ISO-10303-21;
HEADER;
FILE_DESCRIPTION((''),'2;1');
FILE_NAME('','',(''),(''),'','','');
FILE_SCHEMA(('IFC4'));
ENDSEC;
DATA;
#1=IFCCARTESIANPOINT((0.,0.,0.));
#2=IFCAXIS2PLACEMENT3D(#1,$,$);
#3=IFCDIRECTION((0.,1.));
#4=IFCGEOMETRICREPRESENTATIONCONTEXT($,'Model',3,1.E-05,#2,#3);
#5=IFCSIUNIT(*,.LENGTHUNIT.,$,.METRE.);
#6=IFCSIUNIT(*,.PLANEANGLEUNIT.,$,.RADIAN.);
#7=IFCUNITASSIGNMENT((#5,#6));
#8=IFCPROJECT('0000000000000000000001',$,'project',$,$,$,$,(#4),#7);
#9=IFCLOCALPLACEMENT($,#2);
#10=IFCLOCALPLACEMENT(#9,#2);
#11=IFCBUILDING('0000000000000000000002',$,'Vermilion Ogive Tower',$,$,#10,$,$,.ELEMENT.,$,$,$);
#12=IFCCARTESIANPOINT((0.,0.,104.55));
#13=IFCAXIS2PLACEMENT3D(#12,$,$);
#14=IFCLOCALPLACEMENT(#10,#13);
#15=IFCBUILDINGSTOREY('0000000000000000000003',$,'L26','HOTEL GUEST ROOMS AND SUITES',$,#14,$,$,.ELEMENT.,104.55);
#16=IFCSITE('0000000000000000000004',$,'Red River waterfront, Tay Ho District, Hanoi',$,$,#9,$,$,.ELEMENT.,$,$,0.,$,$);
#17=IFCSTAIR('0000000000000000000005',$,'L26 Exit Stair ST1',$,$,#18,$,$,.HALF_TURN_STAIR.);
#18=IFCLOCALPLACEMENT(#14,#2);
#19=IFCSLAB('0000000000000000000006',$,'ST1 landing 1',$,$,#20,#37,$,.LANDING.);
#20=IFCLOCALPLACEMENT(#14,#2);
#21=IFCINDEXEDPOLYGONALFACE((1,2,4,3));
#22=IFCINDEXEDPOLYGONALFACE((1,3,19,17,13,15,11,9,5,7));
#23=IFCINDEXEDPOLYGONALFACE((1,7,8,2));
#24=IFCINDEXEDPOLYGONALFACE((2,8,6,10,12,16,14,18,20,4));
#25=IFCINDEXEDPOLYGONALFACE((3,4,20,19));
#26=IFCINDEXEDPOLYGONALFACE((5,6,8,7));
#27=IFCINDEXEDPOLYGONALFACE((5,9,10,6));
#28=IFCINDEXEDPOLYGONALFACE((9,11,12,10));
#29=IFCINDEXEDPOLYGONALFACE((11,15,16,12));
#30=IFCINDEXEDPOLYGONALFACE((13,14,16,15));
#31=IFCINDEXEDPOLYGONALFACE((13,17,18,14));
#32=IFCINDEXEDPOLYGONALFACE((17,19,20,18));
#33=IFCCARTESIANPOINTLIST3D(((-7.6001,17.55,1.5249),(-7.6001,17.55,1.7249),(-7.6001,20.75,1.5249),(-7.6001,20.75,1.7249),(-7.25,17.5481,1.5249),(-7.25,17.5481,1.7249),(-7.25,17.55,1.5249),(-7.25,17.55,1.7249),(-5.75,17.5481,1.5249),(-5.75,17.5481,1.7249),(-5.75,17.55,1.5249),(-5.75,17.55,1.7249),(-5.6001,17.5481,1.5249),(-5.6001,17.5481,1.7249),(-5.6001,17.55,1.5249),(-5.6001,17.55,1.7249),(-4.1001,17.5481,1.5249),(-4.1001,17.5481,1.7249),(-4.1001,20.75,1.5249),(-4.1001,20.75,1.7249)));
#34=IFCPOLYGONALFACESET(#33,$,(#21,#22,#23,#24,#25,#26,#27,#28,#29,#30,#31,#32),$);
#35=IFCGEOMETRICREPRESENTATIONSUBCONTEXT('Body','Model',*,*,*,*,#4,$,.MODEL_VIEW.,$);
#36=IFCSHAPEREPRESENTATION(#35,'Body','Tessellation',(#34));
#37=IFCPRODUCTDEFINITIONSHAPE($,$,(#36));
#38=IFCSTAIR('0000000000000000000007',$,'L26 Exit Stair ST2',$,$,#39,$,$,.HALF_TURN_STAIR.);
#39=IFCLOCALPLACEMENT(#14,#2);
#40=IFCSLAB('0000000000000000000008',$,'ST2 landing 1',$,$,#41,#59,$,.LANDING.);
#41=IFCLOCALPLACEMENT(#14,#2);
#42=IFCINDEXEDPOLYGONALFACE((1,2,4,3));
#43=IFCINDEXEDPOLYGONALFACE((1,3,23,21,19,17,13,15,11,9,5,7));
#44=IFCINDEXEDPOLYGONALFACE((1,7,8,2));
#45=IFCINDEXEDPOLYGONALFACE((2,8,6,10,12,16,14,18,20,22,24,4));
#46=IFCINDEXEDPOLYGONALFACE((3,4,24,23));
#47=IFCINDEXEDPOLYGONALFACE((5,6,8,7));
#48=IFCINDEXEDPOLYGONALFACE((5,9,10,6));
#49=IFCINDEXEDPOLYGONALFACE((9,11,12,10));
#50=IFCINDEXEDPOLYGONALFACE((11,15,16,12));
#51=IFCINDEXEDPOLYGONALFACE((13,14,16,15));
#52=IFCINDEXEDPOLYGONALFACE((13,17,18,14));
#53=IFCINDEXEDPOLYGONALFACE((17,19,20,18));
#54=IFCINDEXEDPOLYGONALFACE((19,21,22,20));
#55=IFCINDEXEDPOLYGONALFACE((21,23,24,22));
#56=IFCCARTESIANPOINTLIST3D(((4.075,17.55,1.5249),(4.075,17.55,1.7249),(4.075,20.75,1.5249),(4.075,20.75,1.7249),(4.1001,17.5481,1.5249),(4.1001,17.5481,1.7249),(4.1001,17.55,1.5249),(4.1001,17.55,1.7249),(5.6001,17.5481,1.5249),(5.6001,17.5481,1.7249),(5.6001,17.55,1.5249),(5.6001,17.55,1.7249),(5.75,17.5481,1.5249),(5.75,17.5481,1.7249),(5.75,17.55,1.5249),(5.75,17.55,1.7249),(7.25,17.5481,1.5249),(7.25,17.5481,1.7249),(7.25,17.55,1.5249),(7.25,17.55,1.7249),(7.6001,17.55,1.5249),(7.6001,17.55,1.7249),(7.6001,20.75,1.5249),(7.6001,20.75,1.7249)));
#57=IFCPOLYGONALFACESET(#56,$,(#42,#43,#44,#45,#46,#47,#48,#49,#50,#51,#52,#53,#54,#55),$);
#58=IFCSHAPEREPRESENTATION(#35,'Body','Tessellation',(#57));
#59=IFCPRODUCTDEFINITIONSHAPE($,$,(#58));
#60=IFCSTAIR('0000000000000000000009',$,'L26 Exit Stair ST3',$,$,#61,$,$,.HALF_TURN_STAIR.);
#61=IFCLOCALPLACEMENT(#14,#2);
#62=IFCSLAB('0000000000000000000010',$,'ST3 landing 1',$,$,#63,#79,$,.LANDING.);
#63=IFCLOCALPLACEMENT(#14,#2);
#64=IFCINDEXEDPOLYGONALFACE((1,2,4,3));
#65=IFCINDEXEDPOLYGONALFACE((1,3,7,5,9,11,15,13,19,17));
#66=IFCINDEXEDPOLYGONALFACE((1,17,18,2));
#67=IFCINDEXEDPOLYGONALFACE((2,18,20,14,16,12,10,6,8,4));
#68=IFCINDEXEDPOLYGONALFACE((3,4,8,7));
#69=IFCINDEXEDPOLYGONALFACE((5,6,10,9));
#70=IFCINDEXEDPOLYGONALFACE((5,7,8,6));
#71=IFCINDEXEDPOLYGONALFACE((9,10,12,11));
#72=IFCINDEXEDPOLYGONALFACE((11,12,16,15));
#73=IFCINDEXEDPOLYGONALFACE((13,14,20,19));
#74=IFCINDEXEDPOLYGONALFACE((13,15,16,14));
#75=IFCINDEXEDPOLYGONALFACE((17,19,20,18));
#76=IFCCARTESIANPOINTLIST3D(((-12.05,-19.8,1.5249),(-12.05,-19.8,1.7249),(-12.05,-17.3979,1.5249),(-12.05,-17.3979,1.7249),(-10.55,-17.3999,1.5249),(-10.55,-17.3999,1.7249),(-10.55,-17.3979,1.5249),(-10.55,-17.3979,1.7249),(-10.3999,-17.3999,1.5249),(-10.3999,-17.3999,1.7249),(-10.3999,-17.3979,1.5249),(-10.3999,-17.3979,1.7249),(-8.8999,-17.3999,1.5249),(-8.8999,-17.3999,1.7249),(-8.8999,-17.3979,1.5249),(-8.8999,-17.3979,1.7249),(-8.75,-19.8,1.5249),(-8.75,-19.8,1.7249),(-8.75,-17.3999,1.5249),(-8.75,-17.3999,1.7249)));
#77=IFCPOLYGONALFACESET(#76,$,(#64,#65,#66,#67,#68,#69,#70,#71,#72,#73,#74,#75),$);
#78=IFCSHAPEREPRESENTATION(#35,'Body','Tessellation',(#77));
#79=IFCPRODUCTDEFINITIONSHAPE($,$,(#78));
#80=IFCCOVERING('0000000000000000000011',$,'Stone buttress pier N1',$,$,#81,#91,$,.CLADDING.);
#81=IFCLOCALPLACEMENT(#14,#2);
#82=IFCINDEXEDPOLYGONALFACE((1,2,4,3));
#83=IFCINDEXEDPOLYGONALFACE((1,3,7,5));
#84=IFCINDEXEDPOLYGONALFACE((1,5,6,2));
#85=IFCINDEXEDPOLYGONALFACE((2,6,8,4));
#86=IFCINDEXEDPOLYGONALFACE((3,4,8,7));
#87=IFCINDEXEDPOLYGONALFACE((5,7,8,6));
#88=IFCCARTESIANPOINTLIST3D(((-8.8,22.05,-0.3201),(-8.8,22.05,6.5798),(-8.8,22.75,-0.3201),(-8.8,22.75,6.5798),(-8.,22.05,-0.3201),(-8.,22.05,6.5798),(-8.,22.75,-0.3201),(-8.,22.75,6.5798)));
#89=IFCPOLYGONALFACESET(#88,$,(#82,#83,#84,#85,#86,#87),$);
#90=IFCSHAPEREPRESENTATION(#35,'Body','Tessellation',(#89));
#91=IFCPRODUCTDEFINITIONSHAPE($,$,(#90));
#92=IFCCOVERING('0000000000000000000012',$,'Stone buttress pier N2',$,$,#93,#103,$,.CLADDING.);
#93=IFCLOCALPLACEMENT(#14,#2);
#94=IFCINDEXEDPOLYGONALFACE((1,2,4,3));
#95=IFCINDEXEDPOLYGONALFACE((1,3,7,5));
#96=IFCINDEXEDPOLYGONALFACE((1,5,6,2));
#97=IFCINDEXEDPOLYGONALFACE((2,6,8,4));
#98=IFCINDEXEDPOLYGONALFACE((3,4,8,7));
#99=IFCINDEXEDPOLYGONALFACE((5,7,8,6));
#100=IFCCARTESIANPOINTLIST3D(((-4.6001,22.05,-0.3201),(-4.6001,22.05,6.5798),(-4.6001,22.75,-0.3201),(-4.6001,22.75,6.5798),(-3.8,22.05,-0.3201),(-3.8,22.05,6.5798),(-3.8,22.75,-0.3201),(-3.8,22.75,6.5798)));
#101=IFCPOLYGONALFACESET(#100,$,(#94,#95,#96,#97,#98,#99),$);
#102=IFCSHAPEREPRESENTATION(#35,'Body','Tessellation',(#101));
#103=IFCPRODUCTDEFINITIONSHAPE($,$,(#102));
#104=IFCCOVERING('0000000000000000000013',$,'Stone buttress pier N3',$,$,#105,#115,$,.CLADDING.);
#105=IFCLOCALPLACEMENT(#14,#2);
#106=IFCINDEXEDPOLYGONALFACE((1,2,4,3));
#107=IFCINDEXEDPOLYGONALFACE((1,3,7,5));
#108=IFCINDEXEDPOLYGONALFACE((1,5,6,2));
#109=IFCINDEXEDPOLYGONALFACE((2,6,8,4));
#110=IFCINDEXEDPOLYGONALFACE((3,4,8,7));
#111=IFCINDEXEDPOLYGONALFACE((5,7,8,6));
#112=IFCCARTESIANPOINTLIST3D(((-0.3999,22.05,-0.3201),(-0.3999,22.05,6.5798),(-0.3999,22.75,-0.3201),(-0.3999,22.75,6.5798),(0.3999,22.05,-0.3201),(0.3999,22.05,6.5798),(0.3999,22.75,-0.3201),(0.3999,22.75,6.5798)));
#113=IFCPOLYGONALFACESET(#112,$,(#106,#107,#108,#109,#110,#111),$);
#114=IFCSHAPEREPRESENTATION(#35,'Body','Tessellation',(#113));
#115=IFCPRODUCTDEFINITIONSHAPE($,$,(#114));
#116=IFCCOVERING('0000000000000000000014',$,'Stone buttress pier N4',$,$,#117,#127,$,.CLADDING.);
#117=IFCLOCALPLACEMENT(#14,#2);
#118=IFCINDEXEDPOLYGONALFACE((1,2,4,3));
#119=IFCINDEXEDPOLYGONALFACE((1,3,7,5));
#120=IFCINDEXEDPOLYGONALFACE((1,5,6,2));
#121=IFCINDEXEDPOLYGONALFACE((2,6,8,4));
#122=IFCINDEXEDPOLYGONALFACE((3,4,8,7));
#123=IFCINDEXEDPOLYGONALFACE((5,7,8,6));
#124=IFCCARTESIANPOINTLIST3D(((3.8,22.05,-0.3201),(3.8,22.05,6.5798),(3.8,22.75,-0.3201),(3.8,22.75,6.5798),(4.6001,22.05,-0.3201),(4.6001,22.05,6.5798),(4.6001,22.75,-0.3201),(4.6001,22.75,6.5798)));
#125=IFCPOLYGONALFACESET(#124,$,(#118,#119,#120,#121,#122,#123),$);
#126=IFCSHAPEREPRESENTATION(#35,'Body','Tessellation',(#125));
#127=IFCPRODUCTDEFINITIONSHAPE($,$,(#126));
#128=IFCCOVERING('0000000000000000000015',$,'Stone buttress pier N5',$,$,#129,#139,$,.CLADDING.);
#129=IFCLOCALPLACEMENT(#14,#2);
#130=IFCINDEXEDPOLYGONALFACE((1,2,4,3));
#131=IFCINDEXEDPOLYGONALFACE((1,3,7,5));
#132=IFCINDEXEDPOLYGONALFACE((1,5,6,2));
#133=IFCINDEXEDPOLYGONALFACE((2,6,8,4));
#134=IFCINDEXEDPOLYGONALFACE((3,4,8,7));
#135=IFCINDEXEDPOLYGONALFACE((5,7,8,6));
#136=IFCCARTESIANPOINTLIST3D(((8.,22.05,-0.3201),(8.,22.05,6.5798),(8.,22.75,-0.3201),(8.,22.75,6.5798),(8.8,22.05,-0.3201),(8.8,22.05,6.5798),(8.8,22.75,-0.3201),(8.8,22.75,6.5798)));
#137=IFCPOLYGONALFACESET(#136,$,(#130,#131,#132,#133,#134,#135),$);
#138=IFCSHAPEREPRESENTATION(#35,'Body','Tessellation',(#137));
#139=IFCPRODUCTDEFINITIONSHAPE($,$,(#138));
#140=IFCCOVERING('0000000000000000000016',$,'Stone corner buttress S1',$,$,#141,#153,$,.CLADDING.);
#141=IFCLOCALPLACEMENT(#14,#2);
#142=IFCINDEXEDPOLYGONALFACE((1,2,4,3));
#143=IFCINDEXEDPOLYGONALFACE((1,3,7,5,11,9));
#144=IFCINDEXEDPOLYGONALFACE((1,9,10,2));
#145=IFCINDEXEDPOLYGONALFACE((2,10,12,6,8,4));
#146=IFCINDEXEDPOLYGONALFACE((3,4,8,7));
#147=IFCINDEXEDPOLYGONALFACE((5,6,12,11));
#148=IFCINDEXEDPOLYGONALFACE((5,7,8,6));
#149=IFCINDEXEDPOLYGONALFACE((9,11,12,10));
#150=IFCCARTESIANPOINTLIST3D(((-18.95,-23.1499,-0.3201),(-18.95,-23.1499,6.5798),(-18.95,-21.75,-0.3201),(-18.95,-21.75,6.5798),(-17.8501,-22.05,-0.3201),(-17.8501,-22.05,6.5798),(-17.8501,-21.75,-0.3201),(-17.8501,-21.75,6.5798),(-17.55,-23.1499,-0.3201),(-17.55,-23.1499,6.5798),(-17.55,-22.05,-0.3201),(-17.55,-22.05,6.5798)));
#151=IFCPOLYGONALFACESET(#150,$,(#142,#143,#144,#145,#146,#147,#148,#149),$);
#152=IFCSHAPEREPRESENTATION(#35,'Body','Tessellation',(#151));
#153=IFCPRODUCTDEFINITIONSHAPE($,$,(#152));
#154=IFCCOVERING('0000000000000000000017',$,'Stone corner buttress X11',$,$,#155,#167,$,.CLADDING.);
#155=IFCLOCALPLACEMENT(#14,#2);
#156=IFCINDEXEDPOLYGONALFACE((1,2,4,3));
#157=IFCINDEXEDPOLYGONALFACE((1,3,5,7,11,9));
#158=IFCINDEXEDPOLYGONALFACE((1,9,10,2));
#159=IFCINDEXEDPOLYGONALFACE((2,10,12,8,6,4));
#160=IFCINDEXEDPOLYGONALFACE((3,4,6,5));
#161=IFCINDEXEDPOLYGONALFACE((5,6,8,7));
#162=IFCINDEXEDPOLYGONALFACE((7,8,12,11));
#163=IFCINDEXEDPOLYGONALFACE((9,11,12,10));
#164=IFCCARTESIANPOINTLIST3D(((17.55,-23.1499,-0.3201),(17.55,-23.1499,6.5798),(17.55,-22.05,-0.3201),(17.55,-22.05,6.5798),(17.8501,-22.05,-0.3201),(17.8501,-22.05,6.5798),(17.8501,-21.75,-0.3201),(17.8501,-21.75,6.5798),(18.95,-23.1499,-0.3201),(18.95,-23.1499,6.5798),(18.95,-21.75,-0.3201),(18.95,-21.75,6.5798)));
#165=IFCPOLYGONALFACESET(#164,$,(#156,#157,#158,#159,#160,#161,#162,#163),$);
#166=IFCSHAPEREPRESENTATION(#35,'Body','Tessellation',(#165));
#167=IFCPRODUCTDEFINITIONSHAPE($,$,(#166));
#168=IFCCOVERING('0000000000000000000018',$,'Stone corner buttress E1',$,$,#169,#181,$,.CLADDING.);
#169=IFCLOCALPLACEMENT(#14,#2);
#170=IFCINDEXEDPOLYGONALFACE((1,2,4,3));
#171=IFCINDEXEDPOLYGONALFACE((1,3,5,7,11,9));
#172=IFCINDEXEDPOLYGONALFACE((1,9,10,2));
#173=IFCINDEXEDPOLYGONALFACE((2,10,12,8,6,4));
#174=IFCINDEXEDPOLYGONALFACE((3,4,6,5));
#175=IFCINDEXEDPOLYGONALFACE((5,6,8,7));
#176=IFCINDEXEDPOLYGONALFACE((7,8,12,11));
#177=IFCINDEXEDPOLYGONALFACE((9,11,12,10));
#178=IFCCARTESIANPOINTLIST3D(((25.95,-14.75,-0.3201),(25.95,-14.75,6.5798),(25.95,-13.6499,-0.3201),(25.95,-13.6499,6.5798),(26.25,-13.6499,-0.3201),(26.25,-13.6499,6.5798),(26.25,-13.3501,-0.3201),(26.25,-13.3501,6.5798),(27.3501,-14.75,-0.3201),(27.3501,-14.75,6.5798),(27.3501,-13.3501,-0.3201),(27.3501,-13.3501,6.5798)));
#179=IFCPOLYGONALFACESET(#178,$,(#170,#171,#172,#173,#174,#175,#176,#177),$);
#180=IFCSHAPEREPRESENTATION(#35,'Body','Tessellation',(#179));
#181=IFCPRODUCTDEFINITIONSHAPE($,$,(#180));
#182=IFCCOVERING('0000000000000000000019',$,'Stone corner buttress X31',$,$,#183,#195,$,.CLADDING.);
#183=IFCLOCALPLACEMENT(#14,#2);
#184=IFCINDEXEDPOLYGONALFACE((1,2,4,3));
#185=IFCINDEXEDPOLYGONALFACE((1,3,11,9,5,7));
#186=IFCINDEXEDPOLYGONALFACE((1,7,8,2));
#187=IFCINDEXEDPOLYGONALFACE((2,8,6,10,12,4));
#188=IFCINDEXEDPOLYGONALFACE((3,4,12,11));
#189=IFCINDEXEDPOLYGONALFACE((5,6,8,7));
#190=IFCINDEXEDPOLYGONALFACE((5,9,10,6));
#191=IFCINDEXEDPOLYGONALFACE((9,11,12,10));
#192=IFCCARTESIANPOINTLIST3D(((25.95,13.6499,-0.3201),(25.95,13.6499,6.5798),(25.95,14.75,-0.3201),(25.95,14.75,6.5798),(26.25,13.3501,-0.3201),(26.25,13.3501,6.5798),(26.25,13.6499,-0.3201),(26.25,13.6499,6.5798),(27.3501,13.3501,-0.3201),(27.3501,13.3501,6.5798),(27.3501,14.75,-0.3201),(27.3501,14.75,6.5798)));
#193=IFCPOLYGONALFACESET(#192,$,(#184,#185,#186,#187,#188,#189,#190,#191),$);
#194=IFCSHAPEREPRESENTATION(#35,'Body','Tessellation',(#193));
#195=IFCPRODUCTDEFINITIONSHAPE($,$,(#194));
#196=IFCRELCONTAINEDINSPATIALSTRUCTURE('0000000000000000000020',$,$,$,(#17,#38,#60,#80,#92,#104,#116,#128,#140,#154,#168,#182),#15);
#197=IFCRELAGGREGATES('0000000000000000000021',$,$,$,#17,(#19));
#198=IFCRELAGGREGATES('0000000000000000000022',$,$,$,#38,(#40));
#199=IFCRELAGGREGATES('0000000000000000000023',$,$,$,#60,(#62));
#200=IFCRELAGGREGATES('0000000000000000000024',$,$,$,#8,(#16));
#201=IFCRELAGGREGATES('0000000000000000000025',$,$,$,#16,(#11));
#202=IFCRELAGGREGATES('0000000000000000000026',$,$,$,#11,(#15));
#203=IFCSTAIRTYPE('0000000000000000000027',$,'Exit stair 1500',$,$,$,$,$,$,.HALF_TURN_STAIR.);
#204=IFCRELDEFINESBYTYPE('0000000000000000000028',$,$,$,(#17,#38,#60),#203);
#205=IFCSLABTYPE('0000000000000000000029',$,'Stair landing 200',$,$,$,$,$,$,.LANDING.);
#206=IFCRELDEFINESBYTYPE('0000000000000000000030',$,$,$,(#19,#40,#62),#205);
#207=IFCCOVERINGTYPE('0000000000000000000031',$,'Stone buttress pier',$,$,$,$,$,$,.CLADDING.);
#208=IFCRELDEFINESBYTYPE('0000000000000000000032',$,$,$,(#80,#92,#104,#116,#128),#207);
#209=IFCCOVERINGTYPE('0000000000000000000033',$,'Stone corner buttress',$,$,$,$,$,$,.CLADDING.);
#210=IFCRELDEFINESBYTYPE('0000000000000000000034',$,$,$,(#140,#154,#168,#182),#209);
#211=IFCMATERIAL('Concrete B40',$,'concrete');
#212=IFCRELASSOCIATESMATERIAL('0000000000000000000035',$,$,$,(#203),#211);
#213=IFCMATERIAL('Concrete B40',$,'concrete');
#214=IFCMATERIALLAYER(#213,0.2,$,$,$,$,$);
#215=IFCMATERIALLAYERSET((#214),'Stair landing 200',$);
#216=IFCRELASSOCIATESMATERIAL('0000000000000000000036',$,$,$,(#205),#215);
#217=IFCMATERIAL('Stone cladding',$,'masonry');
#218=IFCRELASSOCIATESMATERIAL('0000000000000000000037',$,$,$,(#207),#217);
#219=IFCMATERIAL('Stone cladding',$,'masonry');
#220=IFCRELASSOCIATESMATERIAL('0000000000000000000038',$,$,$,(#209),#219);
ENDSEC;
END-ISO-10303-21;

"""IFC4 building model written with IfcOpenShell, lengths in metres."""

from ifc_helpers import new_model, si_unit, direction, frame, origin, place, context, subcontext, project, spatial, polyline, outline, extrude, material, layer, layer_set, type_object, element, aggregate, save


model = new_model("IFC4")

# Units and contexts
model_context = context("Model", 3, precision=1e-05, world=origin(), true_north=direction((0.0, 1.0)))
body_context = subcontext(model_context, "Body", "Model", "MODEL_VIEW")
ifc_project = project(units=[si_unit("LENGTHUNIT", "METRE"), si_unit("PLANEANGLEUNIT", "RADIAN")], contexts=[model_context])

# Site, building, storey
site_placement = place(None, origin())
site = spatial("IfcSite", under=ifc_project, at=site_placement, Name="Red River waterfront, Tay Ho District, Hanoi", CompositionType="ELEMENT", RefElevation=0.0)
building_placement = place(site_placement, origin())
building = spatial("IfcBuilding", under=site, at=building_placement, Name="Vermilion Ogive Tower", CompositionType="ELEMENT")
storey_placement = place(building_placement, frame((0.0, 0.0, 104.55)))
storey = spatial("IfcBuildingStorey", under=building, at=storey_placement, Name="L26", Description="HOTEL GUEST ROOMS AND SUITES", CompositionType="ELEMENT", Elevation=104.55)

# Stairs, slabs
ifc_material_1 = material(Name="Concrete B40", Category="concrete")
stair_type = type_object("IfcStairType", Name="Exit stair 1500", PredefinedType="HALF_TURN_STAIR", material=ifc_material_1)
stair_1_placement = place(storey_placement, origin())
stair_1 = element("IfcStair", 1, at=stair_1_placement, inside=storey, type_object=stair_type, Name="L26 Exit Stair ST1", PredefinedType="HALF_TURN_STAIR")
ifc_material_2 = material(Name="Concrete B40", Category="concrete")
ifc_layer = layer(ifc_material_2, 0.2)
ifc_layer_set = layer_set([ifc_layer], Name="Stair landing 200")
slab_type = type_object("IfcSlabType", Name="Stair landing 200", PredefinedType="LANDING", material=ifc_layer_set)
slab_1_placement = place(storey_placement, frame((0.0, 0.0, 1.5249)))
slab_1 = element("IfcSlab", 2, at=slab_1_placement, type_object=slab_type, Name="ST1 landing 1", PredefinedType="LANDING", context=body_context, shape_type="SweptSolid", body=[
    extrude(outline(polyline([(-7.6001, 17.55), (-7.25, 17.55), (-7.25, 17.5481), (-5.75, 17.5481), (-5.75, 17.55), (-5.6001, 17.55), (-5.6001, 17.5481), (-4.1001, 17.5481), (-4.1001, 20.75), (-7.6001, 20.75), (-7.6001, 17.55)])), origin(), (0.0, 0.0, 1.0), 0.2),
])
aggregate(stair_1, [slab_1])
stair_2_placement = place(storey_placement, origin())
stair_2 = element("IfcStair", 3, at=stair_2_placement, inside=storey, type_object=stair_type, Name="L26 Exit Stair ST2", PredefinedType="HALF_TURN_STAIR")
slab_2_placement = place(storey_placement, frame((0.0, 0.0, 1.5249)))
slab_2 = element("IfcSlab", 4, at=slab_2_placement, type_object=slab_type, Name="ST2 landing 1", PredefinedType="LANDING", context=body_context, shape_type="SweptSolid", body=[
    extrude(outline(polyline([(5.6001, 17.55), (5.75, 17.55), (5.75, 17.5481), (7.25, 17.5481), (7.25, 17.55), (7.6001, 17.55), (7.6001, 20.75), (4.075, 20.75), (4.075, 17.55), (4.1001, 17.55), (4.1001, 17.5481), (5.6001, 17.5481), (5.6001, 17.55)])), origin(), (0.0, 0.0, 1.0), 0.2),
])
aggregate(stair_2, [slab_2])
stair_3_placement = place(storey_placement, origin())
stair_3 = element("IfcStair", 5, at=stair_3_placement, inside=storey, type_object=stair_type, Name="L26 Exit Stair ST3", PredefinedType="HALF_TURN_STAIR")
slab_3_placement = place(storey_placement, frame((0.0, 0.0, 1.5249)))
slab_3 = element("IfcSlab", 6, at=slab_3_placement, type_object=slab_type, Name="ST3 landing 1", PredefinedType="LANDING", context=body_context, shape_type="SweptSolid", body=[
    extrude(outline(polyline([(-8.75, -17.3999), (-8.8999, -17.3999), (-8.8999, -17.3979), (-10.3999, -17.3979), (-10.3999, -17.3999), (-10.55, -17.3999), (-10.55, -17.3979), (-12.05, -17.3979), (-12.05, -19.8), (-8.75, -19.8), (-8.75, -17.3999)])), origin(), (0.0, 0.0, 1.0), 0.2),
])
aggregate(stair_3, [slab_3])

# Coverings
ifc_material_3 = material(Name="Stone cladding", Category="masonry")
covering_type_1 = type_object("IfcCoveringType", Name="Stone buttress pier", PredefinedType="CLADDING", material=ifc_material_3)
covering_1_placement = place(storey_placement, frame((0.0, 0.0, -0.3201)))
element("IfcCovering", 7, at=covering_1_placement, inside=storey, type_object=covering_type_1, Name="Stone buttress pier N1", PredefinedType="CLADDING", context=body_context, shape_type="SweptSolid", body=[
    extrude(outline(polyline([(-8.0, 22.75), (-8.0, 22.05), (-8.8, 22.05), (-8.8, 22.75), (-8.0, 22.75)])), origin(), (0.0, 0.0, 1.0), 6.8999),
])
covering_2_placement = place(storey_placement, frame((0.0, 0.0, -0.3201)))
element("IfcCovering", 8, at=covering_2_placement, inside=storey, type_object=covering_type_1, Name="Stone buttress pier N2", PredefinedType="CLADDING", context=body_context, shape_type="SweptSolid", body=[
    extrude(outline(polyline([(-3.8, 22.75), (-3.8, 22.05), (-4.6001, 22.05), (-4.6001, 22.75), (-3.8, 22.75)])), origin(), (0.0, 0.0, 1.0), 6.8999),
])
covering_3_placement = place(storey_placement, frame((0.0, 0.0, -0.3201)))
element("IfcCovering", 9, at=covering_3_placement, inside=storey, type_object=covering_type_1, Name="Stone buttress pier N3", PredefinedType="CLADDING", context=body_context, shape_type="SweptSolid", body=[
    extrude(outline(polyline([(0.3999, 22.75), (0.3999, 22.05), (-0.3999, 22.05), (-0.3999, 22.75), (0.3999, 22.75)])), origin(), (0.0, 0.0, 1.0), 6.8999),
])
covering_4_placement = place(storey_placement, frame((0.0, 0.0, -0.3201)))
element("IfcCovering", 10, at=covering_4_placement, inside=storey, type_object=covering_type_1, Name="Stone buttress pier N4", PredefinedType="CLADDING", context=body_context, shape_type="SweptSolid", body=[
    extrude(outline(polyline([(4.6001, 22.75), (4.6001, 22.05), (3.8, 22.05), (3.8, 22.75), (4.6001, 22.75)])), origin(), (0.0, 0.0, 1.0), 6.8999),
])
covering_5_placement = place(storey_placement, frame((0.0, 0.0, -0.3201)))
element("IfcCovering", 11, at=covering_5_placement, inside=storey, type_object=covering_type_1, Name="Stone buttress pier N5", PredefinedType="CLADDING", context=body_context, shape_type="SweptSolid", body=[
    extrude(outline(polyline([(8.8, 22.75), (8.8, 22.05), (8.0, 22.05), (8.0, 22.75), (8.8, 22.75)])), origin(), (0.0, 0.0, 1.0), 6.8999),
])
ifc_material_4 = material(Name="Stone cladding", Category="masonry")
covering_type_2 = type_object("IfcCoveringType", Name="Stone corner buttress", PredefinedType="CLADDING", material=ifc_material_4)
covering_6_placement = place(storey_placement, frame((0.0, 0.0, -0.3201)))
element("IfcCovering", 12, at=covering_6_placement, inside=storey, type_object=covering_type_2, Name="Stone corner buttress S1", PredefinedType="CLADDING", context=body_context, shape_type="SweptSolid", body=[
    extrude(outline(polyline([(-17.8501, -21.75), (-17.8501, -22.05), (-17.55, -22.05), (-17.55, -23.1499), (-18.95, -23.1499), (-18.95, -21.75), (-17.8501, -21.75)])), origin(), (0.0, 0.0, 1.0), 6.8999),
])
covering_7_placement = place(storey_placement, frame((0.0, 0.0, -0.3201)))
element("IfcCovering", 13, at=covering_7_placement, inside=storey, type_object=covering_type_2, Name="Stone corner buttress X11", PredefinedType="CLADDING", context=body_context, shape_type="SweptSolid", body=[
    extrude(outline(polyline([(17.55, -23.1499), (17.55, -22.05), (17.8501, -22.05), (17.8501, -21.75), (18.95, -21.75), (18.95, -23.1499), (17.55, -23.1499)])), origin(), (0.0, 0.0, 1.0), 6.8999),
])
covering_8_placement = place(storey_placement, frame((0.0, 0.0, -0.3201)))
element("IfcCovering", 14, at=covering_8_placement, inside=storey, type_object=covering_type_2, Name="Stone corner buttress E1", PredefinedType="CLADDING", context=body_context, shape_type="SweptSolid", body=[
    extrude(outline(polyline([(26.25, -13.6499), (26.25, -13.3501), (27.3501, -13.3501), (27.3501, -14.75), (25.95, -14.75), (25.95, -13.6499), (26.25, -13.6499)])), origin(), (0.0, 0.0, 1.0), 6.8999),
])
covering_9_placement = place(storey_placement, frame((0.0, 0.0, -0.3201)))
element("IfcCovering", 15, at=covering_9_placement, inside=storey, type_object=covering_type_2, Name="Stone corner buttress X31", PredefinedType="CLADDING", context=body_context, shape_type="SweptSolid", body=[
    extrude(outline(polyline([(26.25, 13.3501), (26.25, 13.6499), (25.95, 13.6499), (25.95, 14.75), (27.3501, 14.75), (27.3501, 13.3501), (26.25, 13.3501)])), origin(), (0.0, 0.0, 1.0), 6.8999),
])

save(model, "model.ifc")
